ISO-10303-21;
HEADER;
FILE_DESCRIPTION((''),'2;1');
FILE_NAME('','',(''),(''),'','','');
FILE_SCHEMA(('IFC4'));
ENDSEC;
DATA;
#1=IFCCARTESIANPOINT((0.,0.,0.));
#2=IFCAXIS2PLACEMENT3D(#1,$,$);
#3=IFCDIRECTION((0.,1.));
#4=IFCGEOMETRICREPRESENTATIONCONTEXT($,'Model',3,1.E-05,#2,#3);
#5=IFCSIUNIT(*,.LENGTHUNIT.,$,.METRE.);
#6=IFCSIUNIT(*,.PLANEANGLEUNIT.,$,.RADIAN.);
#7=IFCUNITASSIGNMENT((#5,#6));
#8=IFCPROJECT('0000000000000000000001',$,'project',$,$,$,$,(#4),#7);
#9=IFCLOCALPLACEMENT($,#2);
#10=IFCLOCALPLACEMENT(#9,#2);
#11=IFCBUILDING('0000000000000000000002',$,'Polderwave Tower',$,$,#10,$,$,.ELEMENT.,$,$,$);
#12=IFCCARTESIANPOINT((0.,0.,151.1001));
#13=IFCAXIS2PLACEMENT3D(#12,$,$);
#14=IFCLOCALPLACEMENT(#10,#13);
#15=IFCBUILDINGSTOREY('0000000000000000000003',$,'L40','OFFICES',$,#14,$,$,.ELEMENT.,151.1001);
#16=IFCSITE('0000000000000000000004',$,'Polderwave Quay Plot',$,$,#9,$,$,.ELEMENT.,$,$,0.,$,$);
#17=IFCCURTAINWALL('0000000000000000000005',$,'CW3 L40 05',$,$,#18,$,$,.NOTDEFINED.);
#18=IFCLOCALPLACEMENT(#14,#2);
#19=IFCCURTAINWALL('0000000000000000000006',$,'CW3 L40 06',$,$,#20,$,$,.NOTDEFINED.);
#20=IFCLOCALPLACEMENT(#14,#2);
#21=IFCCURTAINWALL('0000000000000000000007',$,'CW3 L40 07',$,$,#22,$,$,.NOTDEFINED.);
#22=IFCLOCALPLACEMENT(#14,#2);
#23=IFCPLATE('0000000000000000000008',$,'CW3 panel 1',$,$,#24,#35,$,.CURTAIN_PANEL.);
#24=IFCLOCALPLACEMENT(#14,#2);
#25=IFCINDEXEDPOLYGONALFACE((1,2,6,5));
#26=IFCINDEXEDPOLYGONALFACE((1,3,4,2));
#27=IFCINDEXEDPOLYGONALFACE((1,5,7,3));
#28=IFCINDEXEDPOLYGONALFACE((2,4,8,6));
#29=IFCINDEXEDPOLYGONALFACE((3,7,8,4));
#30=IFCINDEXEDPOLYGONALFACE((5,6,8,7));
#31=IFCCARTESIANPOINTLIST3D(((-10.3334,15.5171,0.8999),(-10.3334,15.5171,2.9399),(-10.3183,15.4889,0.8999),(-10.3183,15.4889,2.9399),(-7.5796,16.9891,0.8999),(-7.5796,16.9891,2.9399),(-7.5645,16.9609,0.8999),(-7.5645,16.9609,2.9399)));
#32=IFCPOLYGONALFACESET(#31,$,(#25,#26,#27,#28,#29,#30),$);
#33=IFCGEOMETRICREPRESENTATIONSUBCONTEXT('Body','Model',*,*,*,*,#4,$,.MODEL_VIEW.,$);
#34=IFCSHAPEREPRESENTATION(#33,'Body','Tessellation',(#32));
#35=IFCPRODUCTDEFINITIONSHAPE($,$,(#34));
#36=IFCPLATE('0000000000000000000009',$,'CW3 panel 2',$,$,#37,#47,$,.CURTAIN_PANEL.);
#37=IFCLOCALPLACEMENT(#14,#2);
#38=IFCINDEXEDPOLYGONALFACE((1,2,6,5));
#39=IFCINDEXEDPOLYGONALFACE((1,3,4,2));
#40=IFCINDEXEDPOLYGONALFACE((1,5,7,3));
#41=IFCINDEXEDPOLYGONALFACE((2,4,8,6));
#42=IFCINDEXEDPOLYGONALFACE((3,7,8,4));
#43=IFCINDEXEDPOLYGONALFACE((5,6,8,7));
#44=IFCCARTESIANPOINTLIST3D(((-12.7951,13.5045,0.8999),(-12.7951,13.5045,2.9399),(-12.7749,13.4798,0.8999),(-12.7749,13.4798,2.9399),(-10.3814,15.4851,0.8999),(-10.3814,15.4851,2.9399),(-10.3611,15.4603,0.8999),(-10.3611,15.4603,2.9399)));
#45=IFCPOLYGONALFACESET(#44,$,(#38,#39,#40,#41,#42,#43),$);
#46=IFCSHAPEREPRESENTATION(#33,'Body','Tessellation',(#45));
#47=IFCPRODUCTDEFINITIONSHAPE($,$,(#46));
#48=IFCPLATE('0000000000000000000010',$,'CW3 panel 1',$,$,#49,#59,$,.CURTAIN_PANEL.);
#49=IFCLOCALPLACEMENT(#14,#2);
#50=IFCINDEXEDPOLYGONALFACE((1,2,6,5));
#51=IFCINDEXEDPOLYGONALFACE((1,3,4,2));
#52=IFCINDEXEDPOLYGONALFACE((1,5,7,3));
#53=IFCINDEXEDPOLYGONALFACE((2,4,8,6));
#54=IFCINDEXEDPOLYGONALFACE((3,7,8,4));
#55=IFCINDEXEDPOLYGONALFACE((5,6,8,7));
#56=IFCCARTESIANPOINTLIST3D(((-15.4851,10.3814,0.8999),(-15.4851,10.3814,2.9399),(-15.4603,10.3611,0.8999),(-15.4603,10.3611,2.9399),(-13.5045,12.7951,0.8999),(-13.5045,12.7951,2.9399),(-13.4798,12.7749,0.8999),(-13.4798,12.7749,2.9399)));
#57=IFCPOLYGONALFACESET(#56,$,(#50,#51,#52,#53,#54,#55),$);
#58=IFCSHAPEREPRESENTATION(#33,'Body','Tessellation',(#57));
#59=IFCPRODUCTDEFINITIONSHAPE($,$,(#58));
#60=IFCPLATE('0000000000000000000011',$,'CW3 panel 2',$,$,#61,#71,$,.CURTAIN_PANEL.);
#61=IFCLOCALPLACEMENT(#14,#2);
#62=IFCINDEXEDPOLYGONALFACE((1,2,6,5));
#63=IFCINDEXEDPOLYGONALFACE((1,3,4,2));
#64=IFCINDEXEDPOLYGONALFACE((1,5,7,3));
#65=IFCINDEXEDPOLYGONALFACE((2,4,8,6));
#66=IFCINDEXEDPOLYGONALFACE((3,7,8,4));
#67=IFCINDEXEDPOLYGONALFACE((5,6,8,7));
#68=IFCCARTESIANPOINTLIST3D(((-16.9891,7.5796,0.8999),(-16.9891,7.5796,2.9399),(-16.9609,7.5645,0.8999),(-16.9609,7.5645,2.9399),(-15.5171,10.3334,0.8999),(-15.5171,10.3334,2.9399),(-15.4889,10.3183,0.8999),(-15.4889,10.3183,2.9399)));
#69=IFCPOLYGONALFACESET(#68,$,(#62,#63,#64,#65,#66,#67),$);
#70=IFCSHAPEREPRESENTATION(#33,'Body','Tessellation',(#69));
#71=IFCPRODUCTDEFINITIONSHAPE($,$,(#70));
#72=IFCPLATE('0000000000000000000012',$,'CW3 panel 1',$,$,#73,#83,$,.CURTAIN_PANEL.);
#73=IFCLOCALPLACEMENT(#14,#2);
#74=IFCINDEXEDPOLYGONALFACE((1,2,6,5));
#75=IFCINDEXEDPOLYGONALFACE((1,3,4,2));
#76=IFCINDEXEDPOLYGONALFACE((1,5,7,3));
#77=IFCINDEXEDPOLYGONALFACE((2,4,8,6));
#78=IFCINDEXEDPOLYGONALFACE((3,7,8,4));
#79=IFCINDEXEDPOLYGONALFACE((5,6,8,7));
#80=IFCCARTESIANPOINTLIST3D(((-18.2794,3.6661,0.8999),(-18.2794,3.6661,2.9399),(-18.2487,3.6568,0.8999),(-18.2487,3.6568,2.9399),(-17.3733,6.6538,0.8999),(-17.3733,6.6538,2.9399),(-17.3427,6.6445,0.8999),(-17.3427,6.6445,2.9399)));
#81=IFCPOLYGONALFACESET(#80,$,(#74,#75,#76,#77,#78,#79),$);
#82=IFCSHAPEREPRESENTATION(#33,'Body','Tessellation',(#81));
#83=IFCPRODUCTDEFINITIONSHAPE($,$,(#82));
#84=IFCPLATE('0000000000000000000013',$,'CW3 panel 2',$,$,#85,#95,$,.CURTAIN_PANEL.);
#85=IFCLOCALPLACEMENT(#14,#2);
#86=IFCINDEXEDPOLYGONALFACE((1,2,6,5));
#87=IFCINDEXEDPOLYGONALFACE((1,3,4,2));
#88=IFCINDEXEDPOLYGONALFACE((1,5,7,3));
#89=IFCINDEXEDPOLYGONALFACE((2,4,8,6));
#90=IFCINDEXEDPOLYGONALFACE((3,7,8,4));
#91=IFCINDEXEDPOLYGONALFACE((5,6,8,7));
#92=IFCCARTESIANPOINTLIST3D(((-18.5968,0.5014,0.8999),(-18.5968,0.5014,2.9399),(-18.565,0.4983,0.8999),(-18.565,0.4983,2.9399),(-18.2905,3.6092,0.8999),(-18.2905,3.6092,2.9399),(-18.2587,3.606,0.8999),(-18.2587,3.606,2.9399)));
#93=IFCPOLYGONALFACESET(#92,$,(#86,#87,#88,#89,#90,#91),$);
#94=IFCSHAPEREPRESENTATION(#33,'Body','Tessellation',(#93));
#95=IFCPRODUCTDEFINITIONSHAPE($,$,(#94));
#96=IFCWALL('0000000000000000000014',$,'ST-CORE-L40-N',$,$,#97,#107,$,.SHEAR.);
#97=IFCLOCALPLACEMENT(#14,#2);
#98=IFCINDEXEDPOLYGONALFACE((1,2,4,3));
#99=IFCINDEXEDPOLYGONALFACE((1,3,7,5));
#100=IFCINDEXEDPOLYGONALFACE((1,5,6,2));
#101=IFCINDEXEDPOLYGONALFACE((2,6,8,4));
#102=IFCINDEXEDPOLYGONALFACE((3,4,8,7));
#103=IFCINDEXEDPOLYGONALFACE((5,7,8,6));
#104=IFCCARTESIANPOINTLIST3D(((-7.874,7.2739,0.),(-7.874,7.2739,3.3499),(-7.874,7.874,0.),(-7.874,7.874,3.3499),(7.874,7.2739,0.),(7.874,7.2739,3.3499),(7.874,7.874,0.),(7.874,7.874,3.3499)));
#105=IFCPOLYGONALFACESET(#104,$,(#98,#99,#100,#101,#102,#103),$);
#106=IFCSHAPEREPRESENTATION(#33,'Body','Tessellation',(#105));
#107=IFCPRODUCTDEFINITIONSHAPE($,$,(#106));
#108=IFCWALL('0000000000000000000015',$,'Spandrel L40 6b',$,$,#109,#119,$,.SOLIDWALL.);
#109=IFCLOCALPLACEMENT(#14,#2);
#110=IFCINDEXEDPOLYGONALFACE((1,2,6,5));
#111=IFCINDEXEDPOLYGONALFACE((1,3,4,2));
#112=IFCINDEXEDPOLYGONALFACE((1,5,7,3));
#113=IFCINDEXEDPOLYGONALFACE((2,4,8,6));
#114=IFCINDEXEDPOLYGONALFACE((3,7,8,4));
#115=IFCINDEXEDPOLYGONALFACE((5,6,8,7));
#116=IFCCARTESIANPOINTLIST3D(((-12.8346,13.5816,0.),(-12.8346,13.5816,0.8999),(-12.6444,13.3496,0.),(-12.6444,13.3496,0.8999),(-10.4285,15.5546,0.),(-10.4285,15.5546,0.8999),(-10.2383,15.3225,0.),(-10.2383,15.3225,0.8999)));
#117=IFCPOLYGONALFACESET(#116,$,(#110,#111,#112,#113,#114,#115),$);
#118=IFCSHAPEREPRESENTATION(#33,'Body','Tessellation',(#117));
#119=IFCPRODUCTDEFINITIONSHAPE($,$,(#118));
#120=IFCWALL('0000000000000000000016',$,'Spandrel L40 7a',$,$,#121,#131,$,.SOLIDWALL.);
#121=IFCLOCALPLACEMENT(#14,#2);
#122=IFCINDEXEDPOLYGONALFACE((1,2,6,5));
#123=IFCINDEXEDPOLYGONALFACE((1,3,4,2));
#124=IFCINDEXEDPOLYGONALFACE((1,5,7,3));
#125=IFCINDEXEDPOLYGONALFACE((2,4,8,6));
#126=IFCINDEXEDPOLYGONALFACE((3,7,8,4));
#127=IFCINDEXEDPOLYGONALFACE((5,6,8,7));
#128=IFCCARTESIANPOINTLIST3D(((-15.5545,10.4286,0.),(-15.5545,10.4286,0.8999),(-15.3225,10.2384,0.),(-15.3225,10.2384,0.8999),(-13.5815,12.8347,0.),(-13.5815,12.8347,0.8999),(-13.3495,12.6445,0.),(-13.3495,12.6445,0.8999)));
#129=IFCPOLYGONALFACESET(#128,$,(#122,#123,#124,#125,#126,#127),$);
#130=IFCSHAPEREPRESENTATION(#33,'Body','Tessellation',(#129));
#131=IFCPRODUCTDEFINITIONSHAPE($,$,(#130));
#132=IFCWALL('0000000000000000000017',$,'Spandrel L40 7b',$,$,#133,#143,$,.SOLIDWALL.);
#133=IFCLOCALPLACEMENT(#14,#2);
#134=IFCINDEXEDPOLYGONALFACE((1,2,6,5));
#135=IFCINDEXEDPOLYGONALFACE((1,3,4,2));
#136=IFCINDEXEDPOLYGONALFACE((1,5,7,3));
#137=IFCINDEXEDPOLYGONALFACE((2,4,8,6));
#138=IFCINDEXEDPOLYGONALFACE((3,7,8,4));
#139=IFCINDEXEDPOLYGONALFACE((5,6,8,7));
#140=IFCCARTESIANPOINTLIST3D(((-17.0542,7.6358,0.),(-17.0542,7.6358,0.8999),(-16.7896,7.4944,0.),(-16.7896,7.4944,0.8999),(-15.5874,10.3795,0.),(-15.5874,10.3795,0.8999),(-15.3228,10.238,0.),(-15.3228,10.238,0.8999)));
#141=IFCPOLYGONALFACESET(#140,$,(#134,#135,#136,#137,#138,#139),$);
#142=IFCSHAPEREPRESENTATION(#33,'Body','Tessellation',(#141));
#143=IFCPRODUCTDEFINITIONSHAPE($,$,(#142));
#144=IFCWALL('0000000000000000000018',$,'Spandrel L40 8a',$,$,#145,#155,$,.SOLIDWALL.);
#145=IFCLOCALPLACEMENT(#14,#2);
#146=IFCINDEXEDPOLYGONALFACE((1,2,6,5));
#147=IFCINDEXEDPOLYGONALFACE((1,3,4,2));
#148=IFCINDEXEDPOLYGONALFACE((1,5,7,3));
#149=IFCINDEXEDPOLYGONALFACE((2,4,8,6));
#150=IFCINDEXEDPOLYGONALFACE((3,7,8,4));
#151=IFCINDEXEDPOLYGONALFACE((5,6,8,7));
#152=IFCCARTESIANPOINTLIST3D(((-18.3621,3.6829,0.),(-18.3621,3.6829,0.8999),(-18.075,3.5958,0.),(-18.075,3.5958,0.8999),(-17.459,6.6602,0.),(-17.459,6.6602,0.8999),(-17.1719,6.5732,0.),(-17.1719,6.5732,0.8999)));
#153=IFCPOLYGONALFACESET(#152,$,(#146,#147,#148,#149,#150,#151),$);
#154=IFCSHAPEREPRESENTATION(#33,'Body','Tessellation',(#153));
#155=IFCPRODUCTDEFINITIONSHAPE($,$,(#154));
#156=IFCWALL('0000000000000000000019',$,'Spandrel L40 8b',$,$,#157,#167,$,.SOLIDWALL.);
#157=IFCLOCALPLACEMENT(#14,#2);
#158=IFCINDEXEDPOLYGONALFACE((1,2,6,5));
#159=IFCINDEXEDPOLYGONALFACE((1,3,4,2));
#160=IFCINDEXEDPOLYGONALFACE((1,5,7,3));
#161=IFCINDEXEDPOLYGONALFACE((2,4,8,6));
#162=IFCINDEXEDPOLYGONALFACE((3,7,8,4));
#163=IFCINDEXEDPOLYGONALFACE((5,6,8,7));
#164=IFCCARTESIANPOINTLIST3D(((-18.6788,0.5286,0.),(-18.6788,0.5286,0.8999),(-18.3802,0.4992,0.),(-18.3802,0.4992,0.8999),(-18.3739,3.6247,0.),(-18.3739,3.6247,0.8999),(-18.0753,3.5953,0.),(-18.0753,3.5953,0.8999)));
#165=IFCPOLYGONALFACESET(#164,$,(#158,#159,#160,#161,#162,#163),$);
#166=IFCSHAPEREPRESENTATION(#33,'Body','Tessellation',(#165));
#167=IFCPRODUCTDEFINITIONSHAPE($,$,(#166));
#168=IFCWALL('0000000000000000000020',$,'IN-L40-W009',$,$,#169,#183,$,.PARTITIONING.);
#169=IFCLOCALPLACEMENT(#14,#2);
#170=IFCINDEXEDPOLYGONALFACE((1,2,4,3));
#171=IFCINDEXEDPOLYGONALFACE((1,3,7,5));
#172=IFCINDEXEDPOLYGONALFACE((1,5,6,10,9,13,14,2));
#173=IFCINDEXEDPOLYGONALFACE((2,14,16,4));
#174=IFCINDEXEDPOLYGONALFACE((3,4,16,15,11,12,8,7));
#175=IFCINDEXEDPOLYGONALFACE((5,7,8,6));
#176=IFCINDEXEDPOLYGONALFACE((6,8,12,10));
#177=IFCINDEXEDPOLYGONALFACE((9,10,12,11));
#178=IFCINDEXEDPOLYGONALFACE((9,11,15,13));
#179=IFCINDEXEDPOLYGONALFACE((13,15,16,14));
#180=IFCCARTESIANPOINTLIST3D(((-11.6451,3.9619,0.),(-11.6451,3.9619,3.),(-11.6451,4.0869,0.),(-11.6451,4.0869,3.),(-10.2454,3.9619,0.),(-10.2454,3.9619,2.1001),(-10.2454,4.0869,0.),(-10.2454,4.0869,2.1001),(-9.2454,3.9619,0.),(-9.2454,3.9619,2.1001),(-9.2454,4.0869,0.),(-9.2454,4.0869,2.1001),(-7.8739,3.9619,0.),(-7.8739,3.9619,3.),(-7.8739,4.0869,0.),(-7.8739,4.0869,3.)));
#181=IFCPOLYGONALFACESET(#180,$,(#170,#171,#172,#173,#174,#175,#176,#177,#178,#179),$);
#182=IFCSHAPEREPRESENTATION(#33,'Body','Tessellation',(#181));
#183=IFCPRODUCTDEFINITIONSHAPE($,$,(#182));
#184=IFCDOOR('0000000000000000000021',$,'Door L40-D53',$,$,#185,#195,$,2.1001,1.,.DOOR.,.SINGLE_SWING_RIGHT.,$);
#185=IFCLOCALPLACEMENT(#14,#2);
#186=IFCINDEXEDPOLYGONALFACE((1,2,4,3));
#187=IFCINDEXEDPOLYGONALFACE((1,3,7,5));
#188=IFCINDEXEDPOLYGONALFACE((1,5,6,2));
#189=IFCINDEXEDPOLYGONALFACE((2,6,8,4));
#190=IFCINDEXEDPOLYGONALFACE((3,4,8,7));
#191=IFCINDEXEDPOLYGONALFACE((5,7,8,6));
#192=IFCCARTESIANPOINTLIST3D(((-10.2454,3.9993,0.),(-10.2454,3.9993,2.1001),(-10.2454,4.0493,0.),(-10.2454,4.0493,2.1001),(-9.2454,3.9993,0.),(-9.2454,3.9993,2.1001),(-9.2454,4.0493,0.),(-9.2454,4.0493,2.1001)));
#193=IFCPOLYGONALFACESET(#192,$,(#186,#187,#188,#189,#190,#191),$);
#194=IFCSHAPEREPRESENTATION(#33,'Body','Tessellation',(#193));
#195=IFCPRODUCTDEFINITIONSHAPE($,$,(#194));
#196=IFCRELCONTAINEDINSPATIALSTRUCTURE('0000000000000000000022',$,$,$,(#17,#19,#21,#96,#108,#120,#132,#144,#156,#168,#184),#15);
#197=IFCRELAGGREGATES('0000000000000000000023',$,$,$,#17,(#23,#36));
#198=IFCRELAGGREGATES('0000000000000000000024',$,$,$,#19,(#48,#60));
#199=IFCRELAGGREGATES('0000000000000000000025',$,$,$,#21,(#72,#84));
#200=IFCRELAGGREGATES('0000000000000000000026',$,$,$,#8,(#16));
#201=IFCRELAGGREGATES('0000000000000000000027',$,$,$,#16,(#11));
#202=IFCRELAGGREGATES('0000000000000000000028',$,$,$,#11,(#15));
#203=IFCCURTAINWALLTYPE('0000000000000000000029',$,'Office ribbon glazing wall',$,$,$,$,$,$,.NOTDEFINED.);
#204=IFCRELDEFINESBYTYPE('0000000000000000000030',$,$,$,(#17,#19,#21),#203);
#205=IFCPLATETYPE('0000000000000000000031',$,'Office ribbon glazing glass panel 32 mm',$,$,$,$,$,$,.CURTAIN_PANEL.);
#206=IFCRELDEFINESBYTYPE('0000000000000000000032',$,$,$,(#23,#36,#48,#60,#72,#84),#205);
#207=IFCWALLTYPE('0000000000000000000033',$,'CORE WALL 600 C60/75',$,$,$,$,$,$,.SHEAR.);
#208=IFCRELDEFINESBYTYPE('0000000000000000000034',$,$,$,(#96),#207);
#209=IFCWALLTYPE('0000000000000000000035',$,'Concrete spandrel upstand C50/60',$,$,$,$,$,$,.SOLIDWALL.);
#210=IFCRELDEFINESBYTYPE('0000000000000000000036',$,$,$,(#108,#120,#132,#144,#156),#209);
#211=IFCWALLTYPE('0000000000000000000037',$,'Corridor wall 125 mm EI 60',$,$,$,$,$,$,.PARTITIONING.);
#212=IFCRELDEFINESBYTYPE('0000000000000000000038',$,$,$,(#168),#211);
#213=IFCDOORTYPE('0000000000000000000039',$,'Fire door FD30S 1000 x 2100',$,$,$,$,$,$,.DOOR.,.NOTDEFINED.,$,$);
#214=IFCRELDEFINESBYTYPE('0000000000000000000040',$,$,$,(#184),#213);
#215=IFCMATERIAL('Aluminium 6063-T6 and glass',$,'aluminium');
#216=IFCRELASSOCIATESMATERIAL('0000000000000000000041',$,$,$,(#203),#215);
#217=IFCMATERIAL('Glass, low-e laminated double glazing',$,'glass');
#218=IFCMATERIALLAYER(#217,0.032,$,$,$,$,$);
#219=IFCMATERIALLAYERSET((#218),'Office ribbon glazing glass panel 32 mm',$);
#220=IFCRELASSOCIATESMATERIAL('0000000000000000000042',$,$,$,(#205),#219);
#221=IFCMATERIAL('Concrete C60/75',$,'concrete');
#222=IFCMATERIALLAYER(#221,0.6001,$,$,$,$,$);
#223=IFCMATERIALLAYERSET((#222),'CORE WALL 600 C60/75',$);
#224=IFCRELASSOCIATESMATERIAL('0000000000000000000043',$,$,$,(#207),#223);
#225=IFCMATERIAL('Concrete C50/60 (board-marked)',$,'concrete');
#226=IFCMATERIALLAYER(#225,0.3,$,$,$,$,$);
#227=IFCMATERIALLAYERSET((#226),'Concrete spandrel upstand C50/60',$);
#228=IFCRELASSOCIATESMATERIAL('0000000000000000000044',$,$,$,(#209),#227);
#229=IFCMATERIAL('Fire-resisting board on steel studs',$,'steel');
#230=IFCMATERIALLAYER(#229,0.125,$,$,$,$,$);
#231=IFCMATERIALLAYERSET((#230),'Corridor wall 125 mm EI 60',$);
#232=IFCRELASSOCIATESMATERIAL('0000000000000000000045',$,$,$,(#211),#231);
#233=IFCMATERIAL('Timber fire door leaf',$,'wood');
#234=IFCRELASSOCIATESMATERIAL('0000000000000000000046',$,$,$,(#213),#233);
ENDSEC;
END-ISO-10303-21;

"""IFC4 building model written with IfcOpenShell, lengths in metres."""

from ifc_helpers import new_model, si_unit, direction, frame, frame_2d, origin, origin_2d, place, context, subcontext, project, spatial, rectangle, extrude, material, layer, layer_set, type_object, element, fill, aggregate, save


model = new_model("IFC4")

# Units and contexts
model_context = context("Model", 3, precision=1e-05, world=origin(), true_north=direction((0.0, 1.0)))
body_context = subcontext(model_context, "Body", "Model", "MODEL_VIEW")
ifc_project = project(units=[si_unit("LENGTHUNIT", "METRE"), si_unit("PLANEANGLEUNIT", "RADIAN")], contexts=[model_context])

# Site, building, storey
site_placement = place(None, origin())
site = spatial("IfcSite", under=ifc_project, at=site_placement, Name="Polderwave Quay Plot", CompositionType="ELEMENT", RefElevation=0.0)
building_placement = place(site_placement, origin())
building = spatial("IfcBuilding", under=site, at=building_placement, Name="Polderwave Tower", CompositionType="ELEMENT")
storey_placement = place(building_placement, frame((0.0, 0.0, 151.1001)))
storey = spatial("IfcBuildingStorey", under=building, at=storey_placement, Name="L40", Description="OFFICES", CompositionType="ELEMENT", Elevation=151.1001)

# Shared definitions
ifc_material_1 = material(Name="Concrete C60/75", Category="concrete")

# Curtain walls
ifc_material_2 = material(Name="Aluminium 6063-T6 and glass", Category="aluminium")
curtain_wall_type = type_object("IfcCurtainWallType", Name="Office ribbon glazing wall", PredefinedType="NOTDEFINED", material=ifc_material_2)
curtain_wall_1_placement = place(storey_placement, origin())
curtain_wall_1 = element("IfcCurtainWall", 1, at=curtain_wall_1_placement, inside=storey, type_object=curtain_wall_type, Name="CW3 L40 05", PredefinedType="NOTDEFINED")
curtain_wall_2_placement = place(storey_placement, origin())
curtain_wall_2 = element("IfcCurtainWall", 2, at=curtain_wall_2_placement, inside=storey, type_object=curtain_wall_type, Name="CW3 L40 06", PredefinedType="NOTDEFINED")
curtain_wall_3_placement = place(storey_placement, origin())
curtain_wall_3 = element("IfcCurtainWall", 3, at=curtain_wall_3_placement, inside=storey, type_object=curtain_wall_type, Name="CW3 L40 07", PredefinedType="NOTDEFINED")

# Plates
ifc_material_3 = material(Name="Glass, low-e laminated double glazing", Category="glass")
ifc_layer_1 = layer(ifc_material_3, 0.032)
ifc_layer_set_1 = layer_set([ifc_layer_1], Name="Office ribbon glazing glass panel 32 mm")
plate_type = type_object("IfcPlateType", Name="Office ribbon glazing glass panel 32 mm", PredefinedType="CURTAIN_PANEL", material=ifc_layer_set_1)
plate_1_placement = place(storey_placement, frame((-8.949, 16.239, 0.8999), z_axis=(0.0, 0.0, 1.0), x_axis=(-0.881904, -0.471429, 0.0)))
plate_1 = element("IfcPlate", 4, at=plate_1_placement, type_object=plate_type, Name="CW3 panel 1", PredefinedType="CURTAIN_PANEL", context=body_context, shape_type="SweptSolid", body=[
    extrude(rectangle(XDim=3.1226, YDim=0.032, at=origin_2d()), origin(), (0.0, 0.0, 1.0), 2.04),
])
plate_2_placement = place(storey_placement, frame((-11.5781, 14.4824, 0.8999), z_axis=(0.0, 0.0, 1.0), x_axis=(-0.773066, -0.634326, 0.0)))
plate_2 = element("IfcPlate", 5, at=plate_2_placement, type_object=plate_type, Name="CW3 panel 2", PredefinedType="CURTAIN_PANEL", context=body_context, shape_type="SweptSolid", body=[
    extrude(rectangle(XDim=3.1223, YDim=0.032, at=origin_2d()), origin(), (0.0, 0.0, 1.0), 2.04),
])
aggregate(curtain_wall_1, [plate_1, plate_2])
plate_3_placement = place(storey_placement, frame((-14.4824, 11.5781, 0.8999), z_axis=(0.0, 0.0, 1.0), x_axis=(-0.634326, -0.773066, 0.0)))
plate_3 = element("IfcPlate", 6, at=plate_3_placement, type_object=plate_type, Name="CW3 panel 1", PredefinedType="CURTAIN_PANEL", context=body_context, shape_type="SweptSolid", body=[
    extrude(rectangle(XDim=3.1223, YDim=0.032, at=origin_2d()), origin(), (0.0, 0.0, 1.0), 2.04),
])
plate_4_placement = place(storey_placement, frame((-16.239, 8.949, 0.8999), z_axis=(0.0, 0.0, 1.0), x_axis=(-0.471429, -0.881904, 0.0)))
plate_4 = element("IfcPlate", 7, at=plate_4_placement, type_object=plate_type, Name="CW3 panel 2", PredefinedType="CURTAIN_PANEL", context=body_context, shape_type="SweptSolid", body=[
    extrude(rectangle(XDim=3.1226, YDim=0.032, at=origin_2d()), origin(), (0.0, 0.0, 1.0), 2.04),
])
aggregate(curtain_wall_2, [plate_3, plate_4])
plate_5_placement = place(storey_placement, frame((-17.811, 5.1553, 0.8999), z_axis=(0.0, 0.0, 1.0), x_axis=(-0.290201, -0.956966, 0.0)))
plate_5 = element("IfcPlate", 8, at=plate_5_placement, type_object=plate_type, Name="CW3 panel 1", PredefinedType="CURTAIN_PANEL", context=body_context, shape_type="SweptSolid", body=[
    extrude(rectangle(XDim=3.1221, YDim=0.032, at=origin_2d()), origin(), (0.0, 0.0, 1.0), 2.04),
])
plate_6_placement = place(storey_placement, frame((-18.4277, 2.0537, 0.8999), z_axis=(0.0, 0.0, 1.0), x_axis=(-0.09809, -0.995178, 0.0)))
plate_6 = element("IfcPlate", 9, at=plate_6_placement, type_object=plate_type, Name="CW3 panel 2", PredefinedType="CURTAIN_PANEL", context=body_context, shape_type="SweptSolid", body=[
    extrude(rectangle(XDim=3.1228, YDim=0.032, at=origin_2d()), origin(), (0.0, 0.0, 1.0), 2.04),
])
aggregate(curtain_wall_3, [plate_5, plate_6])

# Walls
ifc_layer_2 = layer(ifc_material_1, 0.6001)
ifc_layer_set_2 = layer_set([ifc_layer_2], Name="CORE WALL 600 C60/75")
wall_type_1 = type_object("IfcWallType", Name="CORE WALL 600 C60/75", PredefinedType="SHEAR", material=ifc_layer_set_2)
wall_1_placement = place(storey_placement, frame((-7.874, 7.574, 0.0), z_axis=(0.0, 0.0, 1.0), x_axis=(1.0, 0.0, 0.0)))
element("IfcWall", 10, at=wall_1_placement, inside=storey, type_object=wall_type_1, Name="ST-CORE-L40-N", PredefinedType="SHEAR", context=body_context, shape_type="SweptSolid", body=[
    extrude(rectangle(XDim=15.748, YDim=0.6001, at=frame_2d((7.874, 0.0))), origin(), (0.0, 0.0, 1.0), 3.3499),
])
ifc_material_4 = material(Name="Concrete C50/60 (board-marked)", Category="concrete")
ifc_layer_3 = layer(ifc_material_4, 0.3)
ifc_layer_set_3 = layer_set([ifc_layer_3], Name="Concrete spandrel upstand C50/60")
wall_type_2 = type_object("IfcWallType", Name="Concrete spandrel upstand C50/60", PredefinedType="SOLIDWALL", material=ifc_layer_set_3)
for number, where, z_axis, x_axis, name in (
    (11, (-10.3335, 15.4385, 0.0), (0.0, 0.0, 1.0), (-0.773272, -0.634075, 0.0), "Spandrel L40 6b"),
    (12, (-13.4656, 12.7395, 0.0), (0.0, 0.0, 1.0), (-0.634075, -0.773272, 0.0), "Spandrel L40 7a"),
):
    element("IfcWall", number, at=place(storey_placement, frame(where, z_axis=z_axis, x_axis=x_axis)), inside=storey, type_object=wall_type_2, Name=name, PredefinedType="SOLIDWALL", context=body_context, shape_type="SweptSolid", body=[
        extrude(rectangle(XDim=3.1116, YDim=0.3, at=frame_2d((1.5557, 0.0))), origin(), (0.0, 0.0, 1.0), 0.8999),
    ])
wall_2_placement = place(storey_placement, frame((-15.4551, 10.3088, 0.0), z_axis=(0.0, 0.0, 1.0), x_axis=(-0.471468, -0.881883, 0.0)))
element("IfcWall", 13, at=wall_2_placement, inside=storey, type_object=wall_type_2, Name="Spandrel L40 7b", PredefinedType="SOLIDWALL", context=body_context, shape_type="SweptSolid", body=[
    extrude(rectangle(XDim=3.1111, YDim=0.3, at=frame_2d((1.5557, 0.0))), origin(), (0.0, 0.0, 1.0), 0.8999),
])
wall_3_placement = place(storey_placement, frame((-17.3154, 6.6167, 0.0), z_axis=(0.0, 0.0, 1.0), x_axis=(-0.290262, -0.956947, 0.0)))
element("IfcWall", 14, at=wall_3_placement, inside=storey, type_object=wall_type_2, Name="Spandrel L40 8a", PredefinedType="SOLIDWALL", context=body_context, shape_type="SweptSolid", body=[
    extrude(rectangle(XDim=3.1113, YDim=0.3, at=frame_2d((1.5557, 0.0))), origin(), (0.0, 0.0, 1.0), 0.8999),
])
wall_4_placement = place(storey_placement, frame((-18.2246, 3.6101, 0.0), z_axis=(0.0, 0.0, 1.0), x_axis=(-0.098012, -0.995185, 0.0)))
element("IfcWall", 15, at=wall_4_placement, inside=storey, type_object=wall_type_2, Name="Spandrel L40 8b", PredefinedType="SOLIDWALL", context=body_context, shape_type="SweptSolid", body=[
    extrude(rectangle(XDim=3.1111, YDim=0.3, at=frame_2d((1.5557, 0.0))), origin(), (0.0, 0.0, 1.0), 0.8999),
])

# Wall, opening, door
ifc_material_5 = material(Name="Fire-resisting board on steel studs", Category="steel")
ifc_layer_4 = layer(ifc_material_5, 0.125)
ifc_layer_set_4 = layer_set([ifc_layer_4], Name="Corridor wall 125 mm EI 60")
wall_type_3 = type_object("IfcWallType", Name="Corridor wall 125 mm EI 60", PredefinedType="PARTITIONING", material=ifc_layer_set_4)
wall_5_placement = place(storey_placement, frame((-11.6453, 4.0244, 0.0), z_axis=(0.0, 0.0, 1.0), x_axis=(1.0, 0.0, 0.0)))
wall_5 = element("IfcWall", 16, at=wall_5_placement, inside=storey, type_object=wall_type_3, Name="IN-L40-W009", PredefinedType="PARTITIONING", context=body_context, shape_type="SweptSolid", body=[
    extrude(rectangle(XDim=3.7712, YDim=0.125, at=frame_2d((1.8857, 0.0))), origin(), (0.0, 0.0, 1.0), 3.0),
])
opening_1_placement = place(wall_5_placement, frame((1.3999, 0.0, 0.0)))
opening_1 = element("IfcOpeningElement", 17, at=opening_1_placement, cuts=wall_5, PredefinedType="OPENING", context=body_context, shape_type="SweptSolid", body=[
    extrude(rectangle(XDim=1.0, YDim=2.1001, at=frame_2d((0.5, 1.05))), frame((0.0, 0.0725, 0.0), z_axis=(0.0, -1.0, 0.0), x_axis=(1.0, 0.0, 0.0)), (0.0, 0.0, 1.0), 0.145),
])
ifc_material_6 = material(Name="Timber fire door leaf", Category="wood")
door_type_1 = type_object("IfcDoorType", Name="Fire door FD30S 1000 x 2100", OperationType="NOTDEFINED", PredefinedType="DOOR", material=ifc_material_6)
door_1_placement = place(opening_1_placement, origin())
door_1 = element("IfcDoor", 18, at=door_1_placement, inside=storey, type_object=door_type_1, Name="Door L40-D53", OperationType="SINGLE_SWING_RIGHT", OverallHeight=2.1001, OverallWidth=1.0, PredefinedType="DOOR", context=body_context, shape_type="SweptSolid", body=[
    extrude(rectangle(XDim=1.0, YDim=2.1001, at=frame_2d((0.5, 1.05))), frame((0.0, 0.0249, 0.0), z_axis=(0.0, -1.0, 0.0), x_axis=(1.0, 0.0, 0.0)), (0.0, 0.0, 1.0), 0.05),
])
fill(opening_1, door_1)

save(model, "model.ifc")
